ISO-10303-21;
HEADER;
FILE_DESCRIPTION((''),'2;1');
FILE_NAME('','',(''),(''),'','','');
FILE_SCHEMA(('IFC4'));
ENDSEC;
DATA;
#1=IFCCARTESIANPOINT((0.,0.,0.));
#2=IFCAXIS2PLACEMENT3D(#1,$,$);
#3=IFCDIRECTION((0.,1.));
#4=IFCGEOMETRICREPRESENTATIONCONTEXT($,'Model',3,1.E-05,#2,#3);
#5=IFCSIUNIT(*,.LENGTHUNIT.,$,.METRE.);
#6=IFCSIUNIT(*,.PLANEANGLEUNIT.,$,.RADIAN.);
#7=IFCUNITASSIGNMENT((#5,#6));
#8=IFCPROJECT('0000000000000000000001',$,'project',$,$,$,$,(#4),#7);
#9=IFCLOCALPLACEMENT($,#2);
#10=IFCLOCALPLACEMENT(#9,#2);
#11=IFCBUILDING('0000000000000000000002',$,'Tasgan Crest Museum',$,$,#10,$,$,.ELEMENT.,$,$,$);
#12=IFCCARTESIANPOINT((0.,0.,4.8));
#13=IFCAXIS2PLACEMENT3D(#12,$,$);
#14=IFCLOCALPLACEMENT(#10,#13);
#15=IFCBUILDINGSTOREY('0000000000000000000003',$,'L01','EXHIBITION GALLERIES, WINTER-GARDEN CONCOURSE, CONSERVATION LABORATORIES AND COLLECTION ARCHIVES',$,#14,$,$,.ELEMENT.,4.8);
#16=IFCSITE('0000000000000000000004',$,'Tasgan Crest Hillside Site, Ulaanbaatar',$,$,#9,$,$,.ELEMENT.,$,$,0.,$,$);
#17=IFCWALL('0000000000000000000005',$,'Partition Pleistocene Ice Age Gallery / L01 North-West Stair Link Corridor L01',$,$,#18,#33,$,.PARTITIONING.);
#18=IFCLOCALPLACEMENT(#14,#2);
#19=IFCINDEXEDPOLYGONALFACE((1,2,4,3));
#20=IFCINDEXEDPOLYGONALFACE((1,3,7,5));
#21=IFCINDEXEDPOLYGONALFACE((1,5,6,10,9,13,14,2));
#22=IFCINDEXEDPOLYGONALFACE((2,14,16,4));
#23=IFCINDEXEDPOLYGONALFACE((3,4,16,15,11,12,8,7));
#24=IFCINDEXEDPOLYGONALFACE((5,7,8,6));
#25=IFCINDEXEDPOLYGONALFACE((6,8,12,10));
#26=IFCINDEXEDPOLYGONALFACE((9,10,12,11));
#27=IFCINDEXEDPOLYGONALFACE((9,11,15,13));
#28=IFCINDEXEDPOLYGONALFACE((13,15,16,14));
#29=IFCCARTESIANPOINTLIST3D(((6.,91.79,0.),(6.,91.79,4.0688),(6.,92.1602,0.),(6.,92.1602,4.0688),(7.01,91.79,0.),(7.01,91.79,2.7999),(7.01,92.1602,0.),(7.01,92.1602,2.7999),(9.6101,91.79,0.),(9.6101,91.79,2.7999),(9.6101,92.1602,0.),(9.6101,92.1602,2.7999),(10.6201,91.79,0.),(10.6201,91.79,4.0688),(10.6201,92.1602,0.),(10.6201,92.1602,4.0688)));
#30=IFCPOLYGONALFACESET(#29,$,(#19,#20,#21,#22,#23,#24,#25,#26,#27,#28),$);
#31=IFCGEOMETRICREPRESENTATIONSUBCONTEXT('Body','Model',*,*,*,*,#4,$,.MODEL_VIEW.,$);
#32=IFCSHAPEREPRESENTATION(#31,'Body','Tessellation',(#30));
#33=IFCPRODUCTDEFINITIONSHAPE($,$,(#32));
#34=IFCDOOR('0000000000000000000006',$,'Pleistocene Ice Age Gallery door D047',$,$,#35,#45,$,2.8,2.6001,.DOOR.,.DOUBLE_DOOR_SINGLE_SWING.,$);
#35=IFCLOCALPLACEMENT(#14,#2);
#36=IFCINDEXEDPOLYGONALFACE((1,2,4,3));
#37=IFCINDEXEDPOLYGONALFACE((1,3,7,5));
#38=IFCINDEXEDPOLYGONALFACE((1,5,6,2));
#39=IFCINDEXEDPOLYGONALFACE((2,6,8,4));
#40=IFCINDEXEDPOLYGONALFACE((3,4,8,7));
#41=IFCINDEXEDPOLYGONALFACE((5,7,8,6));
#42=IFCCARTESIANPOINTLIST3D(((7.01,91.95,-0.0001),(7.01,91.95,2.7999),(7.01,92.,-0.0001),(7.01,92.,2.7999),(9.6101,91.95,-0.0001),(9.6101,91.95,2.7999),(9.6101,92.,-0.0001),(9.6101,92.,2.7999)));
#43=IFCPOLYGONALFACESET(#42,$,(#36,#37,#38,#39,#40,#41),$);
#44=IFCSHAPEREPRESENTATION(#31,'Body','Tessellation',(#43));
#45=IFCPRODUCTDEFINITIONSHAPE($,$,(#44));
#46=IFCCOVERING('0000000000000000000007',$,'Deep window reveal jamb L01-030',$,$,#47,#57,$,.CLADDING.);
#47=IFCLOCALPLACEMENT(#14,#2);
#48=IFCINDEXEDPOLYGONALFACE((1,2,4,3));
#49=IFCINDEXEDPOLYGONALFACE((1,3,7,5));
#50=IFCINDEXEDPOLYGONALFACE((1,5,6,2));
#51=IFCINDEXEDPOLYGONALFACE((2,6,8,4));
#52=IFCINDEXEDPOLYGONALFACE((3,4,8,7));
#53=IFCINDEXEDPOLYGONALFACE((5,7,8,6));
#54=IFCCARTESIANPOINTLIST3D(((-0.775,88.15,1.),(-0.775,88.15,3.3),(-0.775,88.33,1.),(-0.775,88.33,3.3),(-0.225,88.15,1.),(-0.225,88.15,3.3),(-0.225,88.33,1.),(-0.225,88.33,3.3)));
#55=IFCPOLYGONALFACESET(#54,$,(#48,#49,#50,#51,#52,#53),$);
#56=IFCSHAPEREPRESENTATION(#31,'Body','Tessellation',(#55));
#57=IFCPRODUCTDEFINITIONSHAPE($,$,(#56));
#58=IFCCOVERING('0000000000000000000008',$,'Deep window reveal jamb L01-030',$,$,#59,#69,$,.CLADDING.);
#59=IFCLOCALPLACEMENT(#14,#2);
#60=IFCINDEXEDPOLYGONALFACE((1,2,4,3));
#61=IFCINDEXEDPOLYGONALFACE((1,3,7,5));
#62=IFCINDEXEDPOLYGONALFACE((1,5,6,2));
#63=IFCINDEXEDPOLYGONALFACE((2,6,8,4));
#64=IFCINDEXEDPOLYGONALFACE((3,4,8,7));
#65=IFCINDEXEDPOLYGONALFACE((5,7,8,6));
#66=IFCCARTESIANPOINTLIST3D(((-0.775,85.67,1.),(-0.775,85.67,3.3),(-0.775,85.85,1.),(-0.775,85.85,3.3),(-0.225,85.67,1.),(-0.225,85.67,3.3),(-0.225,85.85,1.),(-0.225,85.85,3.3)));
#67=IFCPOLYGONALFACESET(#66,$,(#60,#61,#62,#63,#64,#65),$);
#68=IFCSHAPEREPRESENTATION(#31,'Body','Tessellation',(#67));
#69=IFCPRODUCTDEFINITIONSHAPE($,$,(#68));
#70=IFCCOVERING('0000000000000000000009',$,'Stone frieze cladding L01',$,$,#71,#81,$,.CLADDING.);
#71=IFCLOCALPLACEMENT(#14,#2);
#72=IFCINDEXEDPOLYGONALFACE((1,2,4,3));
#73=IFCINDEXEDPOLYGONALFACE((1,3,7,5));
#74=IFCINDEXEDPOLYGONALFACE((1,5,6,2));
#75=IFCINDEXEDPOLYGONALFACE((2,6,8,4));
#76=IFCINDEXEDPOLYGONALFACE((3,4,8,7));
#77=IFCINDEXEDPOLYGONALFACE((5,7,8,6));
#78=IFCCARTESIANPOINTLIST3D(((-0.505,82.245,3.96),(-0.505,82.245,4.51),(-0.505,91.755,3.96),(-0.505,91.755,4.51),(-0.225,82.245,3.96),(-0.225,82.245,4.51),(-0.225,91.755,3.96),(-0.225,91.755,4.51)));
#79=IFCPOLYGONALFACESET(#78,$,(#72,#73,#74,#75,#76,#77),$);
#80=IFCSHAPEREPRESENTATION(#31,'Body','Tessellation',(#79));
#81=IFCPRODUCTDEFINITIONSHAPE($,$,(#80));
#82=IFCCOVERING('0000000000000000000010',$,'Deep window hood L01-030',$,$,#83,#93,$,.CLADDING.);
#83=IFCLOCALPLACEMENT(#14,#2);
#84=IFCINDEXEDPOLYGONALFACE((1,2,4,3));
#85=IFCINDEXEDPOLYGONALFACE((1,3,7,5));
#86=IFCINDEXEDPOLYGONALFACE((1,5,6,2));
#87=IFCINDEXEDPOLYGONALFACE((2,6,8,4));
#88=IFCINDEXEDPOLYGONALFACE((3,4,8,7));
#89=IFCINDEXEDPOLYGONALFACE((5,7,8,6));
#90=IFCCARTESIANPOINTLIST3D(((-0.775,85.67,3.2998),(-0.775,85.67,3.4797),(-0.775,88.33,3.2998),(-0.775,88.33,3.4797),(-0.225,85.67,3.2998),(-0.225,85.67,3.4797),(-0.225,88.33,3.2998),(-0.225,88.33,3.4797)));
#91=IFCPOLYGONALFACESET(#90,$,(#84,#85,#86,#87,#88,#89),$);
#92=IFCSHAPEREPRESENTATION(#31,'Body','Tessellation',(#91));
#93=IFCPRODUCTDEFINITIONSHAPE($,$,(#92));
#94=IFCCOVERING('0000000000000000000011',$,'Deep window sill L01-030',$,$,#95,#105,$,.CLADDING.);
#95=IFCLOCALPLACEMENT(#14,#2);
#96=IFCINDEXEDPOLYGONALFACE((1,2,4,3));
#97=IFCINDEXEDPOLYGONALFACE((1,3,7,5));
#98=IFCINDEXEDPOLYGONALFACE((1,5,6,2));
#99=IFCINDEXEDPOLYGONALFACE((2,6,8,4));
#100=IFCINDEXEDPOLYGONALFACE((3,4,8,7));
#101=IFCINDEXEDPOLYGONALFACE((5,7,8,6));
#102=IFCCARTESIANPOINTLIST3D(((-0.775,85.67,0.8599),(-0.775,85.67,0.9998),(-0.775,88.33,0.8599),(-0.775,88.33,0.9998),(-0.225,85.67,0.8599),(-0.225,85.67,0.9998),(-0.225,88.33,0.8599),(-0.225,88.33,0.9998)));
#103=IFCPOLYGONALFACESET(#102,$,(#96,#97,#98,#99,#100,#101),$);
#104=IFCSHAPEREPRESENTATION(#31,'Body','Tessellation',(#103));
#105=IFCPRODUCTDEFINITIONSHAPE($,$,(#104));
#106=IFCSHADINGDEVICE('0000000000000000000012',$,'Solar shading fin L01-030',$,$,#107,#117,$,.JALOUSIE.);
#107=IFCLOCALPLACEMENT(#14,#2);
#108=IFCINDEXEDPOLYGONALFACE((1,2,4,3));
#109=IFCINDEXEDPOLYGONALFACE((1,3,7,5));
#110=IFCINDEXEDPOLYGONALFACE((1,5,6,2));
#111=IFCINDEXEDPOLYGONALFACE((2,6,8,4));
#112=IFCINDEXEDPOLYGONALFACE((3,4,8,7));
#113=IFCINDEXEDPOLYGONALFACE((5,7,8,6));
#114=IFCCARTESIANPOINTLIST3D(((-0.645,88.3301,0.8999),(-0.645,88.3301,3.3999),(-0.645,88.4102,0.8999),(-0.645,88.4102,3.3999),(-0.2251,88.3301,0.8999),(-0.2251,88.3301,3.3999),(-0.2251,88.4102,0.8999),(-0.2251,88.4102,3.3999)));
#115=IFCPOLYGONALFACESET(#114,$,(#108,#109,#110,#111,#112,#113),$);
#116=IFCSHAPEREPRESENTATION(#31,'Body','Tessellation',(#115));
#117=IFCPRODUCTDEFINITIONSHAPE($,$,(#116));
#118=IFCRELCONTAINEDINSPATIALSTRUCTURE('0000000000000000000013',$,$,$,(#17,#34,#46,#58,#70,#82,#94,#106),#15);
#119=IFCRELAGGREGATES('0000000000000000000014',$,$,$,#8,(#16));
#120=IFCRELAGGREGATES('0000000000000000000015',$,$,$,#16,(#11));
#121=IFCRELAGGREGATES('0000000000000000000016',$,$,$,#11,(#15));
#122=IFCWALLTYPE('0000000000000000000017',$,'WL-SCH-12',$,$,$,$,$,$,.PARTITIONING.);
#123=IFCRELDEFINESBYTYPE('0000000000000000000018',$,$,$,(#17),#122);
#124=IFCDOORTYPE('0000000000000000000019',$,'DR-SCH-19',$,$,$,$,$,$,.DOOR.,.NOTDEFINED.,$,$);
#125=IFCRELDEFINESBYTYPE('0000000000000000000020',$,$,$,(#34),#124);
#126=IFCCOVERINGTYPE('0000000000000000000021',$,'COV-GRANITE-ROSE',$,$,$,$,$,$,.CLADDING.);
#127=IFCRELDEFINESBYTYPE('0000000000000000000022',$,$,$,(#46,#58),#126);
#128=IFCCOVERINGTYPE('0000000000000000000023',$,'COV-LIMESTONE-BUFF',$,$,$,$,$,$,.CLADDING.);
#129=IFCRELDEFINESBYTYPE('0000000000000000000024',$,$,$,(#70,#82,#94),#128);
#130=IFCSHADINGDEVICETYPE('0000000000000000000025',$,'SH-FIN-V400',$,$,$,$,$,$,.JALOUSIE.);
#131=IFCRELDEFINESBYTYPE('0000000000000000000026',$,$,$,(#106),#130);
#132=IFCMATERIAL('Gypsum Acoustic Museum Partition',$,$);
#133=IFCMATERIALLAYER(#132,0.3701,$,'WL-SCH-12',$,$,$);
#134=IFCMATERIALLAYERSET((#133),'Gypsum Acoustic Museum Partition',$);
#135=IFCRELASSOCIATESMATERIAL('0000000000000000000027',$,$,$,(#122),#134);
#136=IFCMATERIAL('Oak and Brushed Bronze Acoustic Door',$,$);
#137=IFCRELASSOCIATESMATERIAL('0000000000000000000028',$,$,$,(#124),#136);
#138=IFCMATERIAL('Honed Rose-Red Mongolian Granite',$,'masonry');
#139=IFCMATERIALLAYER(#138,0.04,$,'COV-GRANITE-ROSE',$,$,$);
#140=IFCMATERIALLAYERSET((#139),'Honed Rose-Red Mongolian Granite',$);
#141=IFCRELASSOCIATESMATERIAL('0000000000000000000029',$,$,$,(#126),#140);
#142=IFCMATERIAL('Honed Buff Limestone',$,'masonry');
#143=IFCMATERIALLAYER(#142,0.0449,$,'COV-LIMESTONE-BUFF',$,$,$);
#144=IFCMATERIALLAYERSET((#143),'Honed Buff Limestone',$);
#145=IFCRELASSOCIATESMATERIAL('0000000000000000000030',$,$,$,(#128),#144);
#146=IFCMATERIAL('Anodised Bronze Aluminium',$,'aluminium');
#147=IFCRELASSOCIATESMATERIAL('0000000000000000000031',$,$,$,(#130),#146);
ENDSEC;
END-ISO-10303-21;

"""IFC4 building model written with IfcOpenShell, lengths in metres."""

from ifc_helpers import new_model, si_unit, direction, frame, frame_2d, origin, origin_2d, place, context, subcontext, project, spatial, rectangle, extrude, material, layer, layer_set, type_object, element, fill, save


model = new_model("IFC4")

# Units and contexts
model_context = context("Model", 3, precision=1e-05, world=origin(), true_north=direction((0.0, 1.0)))
body_context = subcontext(model_context, "Body", "Model", "MODEL_VIEW")
ifc_project = project(units=[si_unit("LENGTHUNIT", "METRE"), si_unit("PLANEANGLEUNIT", "RADIAN")], contexts=[model_context])

# Site, building, storey
site_placement = place(None, origin())
site = spatial("IfcSite", under=ifc_project, at=site_placement, Name="Tasgan Crest Hillside Site, Ulaanbaatar", CompositionType="ELEMENT", RefElevation=0.0)
building_placement = place(site_placement, origin())
building = spatial("IfcBuilding", under=site, at=building_placement, Name="Tasgan Crest Museum", CompositionType="ELEMENT")
storey_placement = place(building_placement, frame((0.0, 0.0, 4.8)))
storey = spatial("IfcBuildingStorey", under=building, at=storey_placement, Name="L01", Description="EXHIBITION GALLERIES, WINTER-GARDEN CONCOURSE, CONSERVATION LABORATORIES AND COLLECTION ARCHIVES", CompositionType="ELEMENT", Elevation=4.8)

# Wall, opening, door
ifc_material_1 = material(Name="Gypsum Acoustic Museum Partition")
ifc_layer_1 = layer(ifc_material_1, 0.3701, Name="WL-SCH-12")
ifc_layer_set_1 = layer_set([ifc_layer_1], Name="Gypsum Acoustic Museum Partition")
wall_type_1 = type_object("IfcWallType", Name="WL-SCH-12", PredefinedType="PARTITIONING", material=ifc_layer_set_1)
wall_1_placement = place(storey_placement, frame((6.0, 91.9751, 0.0), z_axis=(0.0, 0.0, 1.0), x_axis=(1.0, 0.0, 0.0)))
wall_1 = element("IfcWall", 1, at=wall_1_placement, inside=storey, type_object=wall_type_1, Name="Partition Pleistocene Ice Age Gallery / L01 North-West Stair Link Corridor L01", PredefinedType="PARTITIONING", context=body_context, shape_type="SweptSolid", body=[
    extrude(rectangle(XDim=4.6201, YDim=0.3701, at=frame_2d((2.3101, 0.0))), origin(), (0.0, 0.0, 1.0), 4.0688),
])
opening_1_placement = place(wall_1_placement, frame((1.01, 0.0, 0.0)))
opening_1 = element("IfcOpeningElement", 2, at=opening_1_placement, cuts=wall_1, PredefinedType="OPENING", context=body_context, shape_type="SweptSolid", body=[
    extrude(rectangle(XDim=2.6001, YDim=2.8, at=frame_2d((1.3, 1.3999))), frame((0.0, 0.1951, 0.0), z_axis=(0.0, -1.0, 0.0), x_axis=(1.0, 0.0, 0.0)), (0.0, 0.0, 1.0), 0.3901),
])
ifc_material_2 = material(Name="Oak and Brushed Bronze Acoustic Door")
door_type = type_object("IfcDoorType", Name="DR-SCH-19", OperationType="NOTDEFINED", PredefinedType="DOOR", material=ifc_material_2)
door_placement = place(opening_1_placement, origin())
door = element("IfcDoor", 3, at=door_placement, inside=storey, type_object=door_type, Name="Pleistocene Ice Age Gallery door D047", OperationType="DOUBLE_DOOR_SINGLE_SWING", OverallHeight=2.8, OverallWidth=2.6001, PredefinedType="DOOR", context=body_context, shape_type="SweptSolid", body=[
    extrude(rectangle(XDim=2.6001, YDim=2.8, at=frame_2d((1.3, 1.3999))), frame((0.0, 0.0249, 0.0), z_axis=(0.0, -1.0, 0.0), x_axis=(1.0, 0.0, 0.0)), (0.0, 0.0, 1.0), 0.05),
])
fill(opening_1, door)

# Coverings
ifc_material_3 = material(Name="Honed Rose-Red Mongolian Granite", Category="masonry")
ifc_layer_2 = layer(ifc_material_3, 0.04, Name="COV-GRANITE-ROSE")
ifc_layer_set_2 = layer_set([ifc_layer_2], Name="Honed Rose-Red Mongolian Granite")
covering_type_1 = type_object("IfcCoveringType", Name="COV-GRANITE-ROSE", PredefinedType="CLADDING", material=ifc_layer_set_2)
for number, where, z_axis, x_axis, name in (
    (4, (-0.5, 88.24, 1.0), (0.0, 0.0, 1.0), (0.0, -1.0, 0.0), "Deep window reveal jamb L01-030"),
    (5, (-0.5, 85.76, 1.0), (0.0, 0.0, 1.0), (0.0, -1.0, 0.0), "Deep window reveal jamb L01-030"),
):
    element("IfcCovering", number, at=place(storey_placement, frame(where, z_axis=z_axis, x_axis=x_axis)), inside=storey, type_object=covering_type_1, Name=name, PredefinedType="CLADDING", context=body_context, shape_type="SweptSolid", body=[
        extrude(rectangle(XDim=0.1799, YDim=0.55, at=origin_2d()), origin(), (0.0, 0.0, 1.0), 2.3),
    ])
ifc_material_4 = material(Name="Honed Buff Limestone", Category="masonry")
ifc_layer_3 = layer(ifc_material_4, 0.0449, Name="COV-LIMESTONE-BUFF")
ifc_layer_set_3 = layer_set([ifc_layer_3], Name="Honed Buff Limestone")
covering_type_2 = type_object("IfcCoveringType", Name="COV-LIMESTONE-BUFF", PredefinedType="CLADDING", material=ifc_layer_set_3)
covering_1_placement = place(storey_placement, frame((-0.365, 87.0, 3.96), z_axis=(0.0, 0.0, 1.0), x_axis=(0.0, -1.0, 0.0)))
element("IfcCovering", 6, at=covering_1_placement, inside=storey, type_object=covering_type_2, Name="Stone frieze cladding L01", PredefinedType="CLADDING", context=body_context, shape_type="SweptSolid", body=[
    extrude(rectangle(XDim=9.51, YDim=0.28, at=origin_2d()), origin(), (0.0, 0.0, 1.0), 0.55),
])
covering_2_placement = place(storey_placement, frame((-0.5, 87.0, 3.2998), z_axis=(0.0, 0.0, 1.0), x_axis=(0.0, -1.0, 0.0)))
element("IfcCovering", 7, at=covering_2_placement, inside=storey, type_object=covering_type_2, Name="Deep window hood L01-030", PredefinedType="CLADDING", context=body_context, shape_type="SweptSolid", body=[
    extrude(rectangle(XDim=2.6599, YDim=0.55, at=origin_2d()), origin(), (0.0, 0.0, 1.0), 0.1799),
])
covering_3_placement = place(storey_placement, frame((-0.5, 87.0, 0.8599), z_axis=(0.0, 0.0, 1.0), x_axis=(0.0, -1.0, 0.0)))
element("IfcCovering", 8, at=covering_3_placement, inside=storey, type_object=covering_type_2, Name="Deep window sill L01-030", PredefinedType="CLADDING", context=body_context, shape_type="SweptSolid", body=[
    extrude(rectangle(XDim=2.6599, YDim=0.55, at=origin_2d()), origin(), (0.0, 0.0, 1.0), 0.1399),
])

# Shading device
ifc_material_5 = material(Name="Anodised Bronze Aluminium", Category="aluminium")
shading_device_type = type_object("IfcShadingDeviceType", Name="SH-FIN-V400", PredefinedType="JALOUSIE", material=ifc_material_5)
shading_device_placement = place(storey_placement, frame((-0.4351, 88.3701, 0.8999), z_axis=(0.0, 0.0, 1.0), x_axis=(0.0, -1.0, 0.0)))
element("IfcShadingDevice", 9, at=shading_device_placement, inside=storey, type_object=shading_device_type, Name="Solar shading fin L01-030", PredefinedType="JALOUSIE", context=body_context, shape_type="SweptSolid", body=[
    extrude(rectangle(XDim=0.0801, YDim=0.4199, at=origin_2d()), origin(), (0.0, 0.0, 1.0), 2.5),
])

save(model, "model.ifc")
